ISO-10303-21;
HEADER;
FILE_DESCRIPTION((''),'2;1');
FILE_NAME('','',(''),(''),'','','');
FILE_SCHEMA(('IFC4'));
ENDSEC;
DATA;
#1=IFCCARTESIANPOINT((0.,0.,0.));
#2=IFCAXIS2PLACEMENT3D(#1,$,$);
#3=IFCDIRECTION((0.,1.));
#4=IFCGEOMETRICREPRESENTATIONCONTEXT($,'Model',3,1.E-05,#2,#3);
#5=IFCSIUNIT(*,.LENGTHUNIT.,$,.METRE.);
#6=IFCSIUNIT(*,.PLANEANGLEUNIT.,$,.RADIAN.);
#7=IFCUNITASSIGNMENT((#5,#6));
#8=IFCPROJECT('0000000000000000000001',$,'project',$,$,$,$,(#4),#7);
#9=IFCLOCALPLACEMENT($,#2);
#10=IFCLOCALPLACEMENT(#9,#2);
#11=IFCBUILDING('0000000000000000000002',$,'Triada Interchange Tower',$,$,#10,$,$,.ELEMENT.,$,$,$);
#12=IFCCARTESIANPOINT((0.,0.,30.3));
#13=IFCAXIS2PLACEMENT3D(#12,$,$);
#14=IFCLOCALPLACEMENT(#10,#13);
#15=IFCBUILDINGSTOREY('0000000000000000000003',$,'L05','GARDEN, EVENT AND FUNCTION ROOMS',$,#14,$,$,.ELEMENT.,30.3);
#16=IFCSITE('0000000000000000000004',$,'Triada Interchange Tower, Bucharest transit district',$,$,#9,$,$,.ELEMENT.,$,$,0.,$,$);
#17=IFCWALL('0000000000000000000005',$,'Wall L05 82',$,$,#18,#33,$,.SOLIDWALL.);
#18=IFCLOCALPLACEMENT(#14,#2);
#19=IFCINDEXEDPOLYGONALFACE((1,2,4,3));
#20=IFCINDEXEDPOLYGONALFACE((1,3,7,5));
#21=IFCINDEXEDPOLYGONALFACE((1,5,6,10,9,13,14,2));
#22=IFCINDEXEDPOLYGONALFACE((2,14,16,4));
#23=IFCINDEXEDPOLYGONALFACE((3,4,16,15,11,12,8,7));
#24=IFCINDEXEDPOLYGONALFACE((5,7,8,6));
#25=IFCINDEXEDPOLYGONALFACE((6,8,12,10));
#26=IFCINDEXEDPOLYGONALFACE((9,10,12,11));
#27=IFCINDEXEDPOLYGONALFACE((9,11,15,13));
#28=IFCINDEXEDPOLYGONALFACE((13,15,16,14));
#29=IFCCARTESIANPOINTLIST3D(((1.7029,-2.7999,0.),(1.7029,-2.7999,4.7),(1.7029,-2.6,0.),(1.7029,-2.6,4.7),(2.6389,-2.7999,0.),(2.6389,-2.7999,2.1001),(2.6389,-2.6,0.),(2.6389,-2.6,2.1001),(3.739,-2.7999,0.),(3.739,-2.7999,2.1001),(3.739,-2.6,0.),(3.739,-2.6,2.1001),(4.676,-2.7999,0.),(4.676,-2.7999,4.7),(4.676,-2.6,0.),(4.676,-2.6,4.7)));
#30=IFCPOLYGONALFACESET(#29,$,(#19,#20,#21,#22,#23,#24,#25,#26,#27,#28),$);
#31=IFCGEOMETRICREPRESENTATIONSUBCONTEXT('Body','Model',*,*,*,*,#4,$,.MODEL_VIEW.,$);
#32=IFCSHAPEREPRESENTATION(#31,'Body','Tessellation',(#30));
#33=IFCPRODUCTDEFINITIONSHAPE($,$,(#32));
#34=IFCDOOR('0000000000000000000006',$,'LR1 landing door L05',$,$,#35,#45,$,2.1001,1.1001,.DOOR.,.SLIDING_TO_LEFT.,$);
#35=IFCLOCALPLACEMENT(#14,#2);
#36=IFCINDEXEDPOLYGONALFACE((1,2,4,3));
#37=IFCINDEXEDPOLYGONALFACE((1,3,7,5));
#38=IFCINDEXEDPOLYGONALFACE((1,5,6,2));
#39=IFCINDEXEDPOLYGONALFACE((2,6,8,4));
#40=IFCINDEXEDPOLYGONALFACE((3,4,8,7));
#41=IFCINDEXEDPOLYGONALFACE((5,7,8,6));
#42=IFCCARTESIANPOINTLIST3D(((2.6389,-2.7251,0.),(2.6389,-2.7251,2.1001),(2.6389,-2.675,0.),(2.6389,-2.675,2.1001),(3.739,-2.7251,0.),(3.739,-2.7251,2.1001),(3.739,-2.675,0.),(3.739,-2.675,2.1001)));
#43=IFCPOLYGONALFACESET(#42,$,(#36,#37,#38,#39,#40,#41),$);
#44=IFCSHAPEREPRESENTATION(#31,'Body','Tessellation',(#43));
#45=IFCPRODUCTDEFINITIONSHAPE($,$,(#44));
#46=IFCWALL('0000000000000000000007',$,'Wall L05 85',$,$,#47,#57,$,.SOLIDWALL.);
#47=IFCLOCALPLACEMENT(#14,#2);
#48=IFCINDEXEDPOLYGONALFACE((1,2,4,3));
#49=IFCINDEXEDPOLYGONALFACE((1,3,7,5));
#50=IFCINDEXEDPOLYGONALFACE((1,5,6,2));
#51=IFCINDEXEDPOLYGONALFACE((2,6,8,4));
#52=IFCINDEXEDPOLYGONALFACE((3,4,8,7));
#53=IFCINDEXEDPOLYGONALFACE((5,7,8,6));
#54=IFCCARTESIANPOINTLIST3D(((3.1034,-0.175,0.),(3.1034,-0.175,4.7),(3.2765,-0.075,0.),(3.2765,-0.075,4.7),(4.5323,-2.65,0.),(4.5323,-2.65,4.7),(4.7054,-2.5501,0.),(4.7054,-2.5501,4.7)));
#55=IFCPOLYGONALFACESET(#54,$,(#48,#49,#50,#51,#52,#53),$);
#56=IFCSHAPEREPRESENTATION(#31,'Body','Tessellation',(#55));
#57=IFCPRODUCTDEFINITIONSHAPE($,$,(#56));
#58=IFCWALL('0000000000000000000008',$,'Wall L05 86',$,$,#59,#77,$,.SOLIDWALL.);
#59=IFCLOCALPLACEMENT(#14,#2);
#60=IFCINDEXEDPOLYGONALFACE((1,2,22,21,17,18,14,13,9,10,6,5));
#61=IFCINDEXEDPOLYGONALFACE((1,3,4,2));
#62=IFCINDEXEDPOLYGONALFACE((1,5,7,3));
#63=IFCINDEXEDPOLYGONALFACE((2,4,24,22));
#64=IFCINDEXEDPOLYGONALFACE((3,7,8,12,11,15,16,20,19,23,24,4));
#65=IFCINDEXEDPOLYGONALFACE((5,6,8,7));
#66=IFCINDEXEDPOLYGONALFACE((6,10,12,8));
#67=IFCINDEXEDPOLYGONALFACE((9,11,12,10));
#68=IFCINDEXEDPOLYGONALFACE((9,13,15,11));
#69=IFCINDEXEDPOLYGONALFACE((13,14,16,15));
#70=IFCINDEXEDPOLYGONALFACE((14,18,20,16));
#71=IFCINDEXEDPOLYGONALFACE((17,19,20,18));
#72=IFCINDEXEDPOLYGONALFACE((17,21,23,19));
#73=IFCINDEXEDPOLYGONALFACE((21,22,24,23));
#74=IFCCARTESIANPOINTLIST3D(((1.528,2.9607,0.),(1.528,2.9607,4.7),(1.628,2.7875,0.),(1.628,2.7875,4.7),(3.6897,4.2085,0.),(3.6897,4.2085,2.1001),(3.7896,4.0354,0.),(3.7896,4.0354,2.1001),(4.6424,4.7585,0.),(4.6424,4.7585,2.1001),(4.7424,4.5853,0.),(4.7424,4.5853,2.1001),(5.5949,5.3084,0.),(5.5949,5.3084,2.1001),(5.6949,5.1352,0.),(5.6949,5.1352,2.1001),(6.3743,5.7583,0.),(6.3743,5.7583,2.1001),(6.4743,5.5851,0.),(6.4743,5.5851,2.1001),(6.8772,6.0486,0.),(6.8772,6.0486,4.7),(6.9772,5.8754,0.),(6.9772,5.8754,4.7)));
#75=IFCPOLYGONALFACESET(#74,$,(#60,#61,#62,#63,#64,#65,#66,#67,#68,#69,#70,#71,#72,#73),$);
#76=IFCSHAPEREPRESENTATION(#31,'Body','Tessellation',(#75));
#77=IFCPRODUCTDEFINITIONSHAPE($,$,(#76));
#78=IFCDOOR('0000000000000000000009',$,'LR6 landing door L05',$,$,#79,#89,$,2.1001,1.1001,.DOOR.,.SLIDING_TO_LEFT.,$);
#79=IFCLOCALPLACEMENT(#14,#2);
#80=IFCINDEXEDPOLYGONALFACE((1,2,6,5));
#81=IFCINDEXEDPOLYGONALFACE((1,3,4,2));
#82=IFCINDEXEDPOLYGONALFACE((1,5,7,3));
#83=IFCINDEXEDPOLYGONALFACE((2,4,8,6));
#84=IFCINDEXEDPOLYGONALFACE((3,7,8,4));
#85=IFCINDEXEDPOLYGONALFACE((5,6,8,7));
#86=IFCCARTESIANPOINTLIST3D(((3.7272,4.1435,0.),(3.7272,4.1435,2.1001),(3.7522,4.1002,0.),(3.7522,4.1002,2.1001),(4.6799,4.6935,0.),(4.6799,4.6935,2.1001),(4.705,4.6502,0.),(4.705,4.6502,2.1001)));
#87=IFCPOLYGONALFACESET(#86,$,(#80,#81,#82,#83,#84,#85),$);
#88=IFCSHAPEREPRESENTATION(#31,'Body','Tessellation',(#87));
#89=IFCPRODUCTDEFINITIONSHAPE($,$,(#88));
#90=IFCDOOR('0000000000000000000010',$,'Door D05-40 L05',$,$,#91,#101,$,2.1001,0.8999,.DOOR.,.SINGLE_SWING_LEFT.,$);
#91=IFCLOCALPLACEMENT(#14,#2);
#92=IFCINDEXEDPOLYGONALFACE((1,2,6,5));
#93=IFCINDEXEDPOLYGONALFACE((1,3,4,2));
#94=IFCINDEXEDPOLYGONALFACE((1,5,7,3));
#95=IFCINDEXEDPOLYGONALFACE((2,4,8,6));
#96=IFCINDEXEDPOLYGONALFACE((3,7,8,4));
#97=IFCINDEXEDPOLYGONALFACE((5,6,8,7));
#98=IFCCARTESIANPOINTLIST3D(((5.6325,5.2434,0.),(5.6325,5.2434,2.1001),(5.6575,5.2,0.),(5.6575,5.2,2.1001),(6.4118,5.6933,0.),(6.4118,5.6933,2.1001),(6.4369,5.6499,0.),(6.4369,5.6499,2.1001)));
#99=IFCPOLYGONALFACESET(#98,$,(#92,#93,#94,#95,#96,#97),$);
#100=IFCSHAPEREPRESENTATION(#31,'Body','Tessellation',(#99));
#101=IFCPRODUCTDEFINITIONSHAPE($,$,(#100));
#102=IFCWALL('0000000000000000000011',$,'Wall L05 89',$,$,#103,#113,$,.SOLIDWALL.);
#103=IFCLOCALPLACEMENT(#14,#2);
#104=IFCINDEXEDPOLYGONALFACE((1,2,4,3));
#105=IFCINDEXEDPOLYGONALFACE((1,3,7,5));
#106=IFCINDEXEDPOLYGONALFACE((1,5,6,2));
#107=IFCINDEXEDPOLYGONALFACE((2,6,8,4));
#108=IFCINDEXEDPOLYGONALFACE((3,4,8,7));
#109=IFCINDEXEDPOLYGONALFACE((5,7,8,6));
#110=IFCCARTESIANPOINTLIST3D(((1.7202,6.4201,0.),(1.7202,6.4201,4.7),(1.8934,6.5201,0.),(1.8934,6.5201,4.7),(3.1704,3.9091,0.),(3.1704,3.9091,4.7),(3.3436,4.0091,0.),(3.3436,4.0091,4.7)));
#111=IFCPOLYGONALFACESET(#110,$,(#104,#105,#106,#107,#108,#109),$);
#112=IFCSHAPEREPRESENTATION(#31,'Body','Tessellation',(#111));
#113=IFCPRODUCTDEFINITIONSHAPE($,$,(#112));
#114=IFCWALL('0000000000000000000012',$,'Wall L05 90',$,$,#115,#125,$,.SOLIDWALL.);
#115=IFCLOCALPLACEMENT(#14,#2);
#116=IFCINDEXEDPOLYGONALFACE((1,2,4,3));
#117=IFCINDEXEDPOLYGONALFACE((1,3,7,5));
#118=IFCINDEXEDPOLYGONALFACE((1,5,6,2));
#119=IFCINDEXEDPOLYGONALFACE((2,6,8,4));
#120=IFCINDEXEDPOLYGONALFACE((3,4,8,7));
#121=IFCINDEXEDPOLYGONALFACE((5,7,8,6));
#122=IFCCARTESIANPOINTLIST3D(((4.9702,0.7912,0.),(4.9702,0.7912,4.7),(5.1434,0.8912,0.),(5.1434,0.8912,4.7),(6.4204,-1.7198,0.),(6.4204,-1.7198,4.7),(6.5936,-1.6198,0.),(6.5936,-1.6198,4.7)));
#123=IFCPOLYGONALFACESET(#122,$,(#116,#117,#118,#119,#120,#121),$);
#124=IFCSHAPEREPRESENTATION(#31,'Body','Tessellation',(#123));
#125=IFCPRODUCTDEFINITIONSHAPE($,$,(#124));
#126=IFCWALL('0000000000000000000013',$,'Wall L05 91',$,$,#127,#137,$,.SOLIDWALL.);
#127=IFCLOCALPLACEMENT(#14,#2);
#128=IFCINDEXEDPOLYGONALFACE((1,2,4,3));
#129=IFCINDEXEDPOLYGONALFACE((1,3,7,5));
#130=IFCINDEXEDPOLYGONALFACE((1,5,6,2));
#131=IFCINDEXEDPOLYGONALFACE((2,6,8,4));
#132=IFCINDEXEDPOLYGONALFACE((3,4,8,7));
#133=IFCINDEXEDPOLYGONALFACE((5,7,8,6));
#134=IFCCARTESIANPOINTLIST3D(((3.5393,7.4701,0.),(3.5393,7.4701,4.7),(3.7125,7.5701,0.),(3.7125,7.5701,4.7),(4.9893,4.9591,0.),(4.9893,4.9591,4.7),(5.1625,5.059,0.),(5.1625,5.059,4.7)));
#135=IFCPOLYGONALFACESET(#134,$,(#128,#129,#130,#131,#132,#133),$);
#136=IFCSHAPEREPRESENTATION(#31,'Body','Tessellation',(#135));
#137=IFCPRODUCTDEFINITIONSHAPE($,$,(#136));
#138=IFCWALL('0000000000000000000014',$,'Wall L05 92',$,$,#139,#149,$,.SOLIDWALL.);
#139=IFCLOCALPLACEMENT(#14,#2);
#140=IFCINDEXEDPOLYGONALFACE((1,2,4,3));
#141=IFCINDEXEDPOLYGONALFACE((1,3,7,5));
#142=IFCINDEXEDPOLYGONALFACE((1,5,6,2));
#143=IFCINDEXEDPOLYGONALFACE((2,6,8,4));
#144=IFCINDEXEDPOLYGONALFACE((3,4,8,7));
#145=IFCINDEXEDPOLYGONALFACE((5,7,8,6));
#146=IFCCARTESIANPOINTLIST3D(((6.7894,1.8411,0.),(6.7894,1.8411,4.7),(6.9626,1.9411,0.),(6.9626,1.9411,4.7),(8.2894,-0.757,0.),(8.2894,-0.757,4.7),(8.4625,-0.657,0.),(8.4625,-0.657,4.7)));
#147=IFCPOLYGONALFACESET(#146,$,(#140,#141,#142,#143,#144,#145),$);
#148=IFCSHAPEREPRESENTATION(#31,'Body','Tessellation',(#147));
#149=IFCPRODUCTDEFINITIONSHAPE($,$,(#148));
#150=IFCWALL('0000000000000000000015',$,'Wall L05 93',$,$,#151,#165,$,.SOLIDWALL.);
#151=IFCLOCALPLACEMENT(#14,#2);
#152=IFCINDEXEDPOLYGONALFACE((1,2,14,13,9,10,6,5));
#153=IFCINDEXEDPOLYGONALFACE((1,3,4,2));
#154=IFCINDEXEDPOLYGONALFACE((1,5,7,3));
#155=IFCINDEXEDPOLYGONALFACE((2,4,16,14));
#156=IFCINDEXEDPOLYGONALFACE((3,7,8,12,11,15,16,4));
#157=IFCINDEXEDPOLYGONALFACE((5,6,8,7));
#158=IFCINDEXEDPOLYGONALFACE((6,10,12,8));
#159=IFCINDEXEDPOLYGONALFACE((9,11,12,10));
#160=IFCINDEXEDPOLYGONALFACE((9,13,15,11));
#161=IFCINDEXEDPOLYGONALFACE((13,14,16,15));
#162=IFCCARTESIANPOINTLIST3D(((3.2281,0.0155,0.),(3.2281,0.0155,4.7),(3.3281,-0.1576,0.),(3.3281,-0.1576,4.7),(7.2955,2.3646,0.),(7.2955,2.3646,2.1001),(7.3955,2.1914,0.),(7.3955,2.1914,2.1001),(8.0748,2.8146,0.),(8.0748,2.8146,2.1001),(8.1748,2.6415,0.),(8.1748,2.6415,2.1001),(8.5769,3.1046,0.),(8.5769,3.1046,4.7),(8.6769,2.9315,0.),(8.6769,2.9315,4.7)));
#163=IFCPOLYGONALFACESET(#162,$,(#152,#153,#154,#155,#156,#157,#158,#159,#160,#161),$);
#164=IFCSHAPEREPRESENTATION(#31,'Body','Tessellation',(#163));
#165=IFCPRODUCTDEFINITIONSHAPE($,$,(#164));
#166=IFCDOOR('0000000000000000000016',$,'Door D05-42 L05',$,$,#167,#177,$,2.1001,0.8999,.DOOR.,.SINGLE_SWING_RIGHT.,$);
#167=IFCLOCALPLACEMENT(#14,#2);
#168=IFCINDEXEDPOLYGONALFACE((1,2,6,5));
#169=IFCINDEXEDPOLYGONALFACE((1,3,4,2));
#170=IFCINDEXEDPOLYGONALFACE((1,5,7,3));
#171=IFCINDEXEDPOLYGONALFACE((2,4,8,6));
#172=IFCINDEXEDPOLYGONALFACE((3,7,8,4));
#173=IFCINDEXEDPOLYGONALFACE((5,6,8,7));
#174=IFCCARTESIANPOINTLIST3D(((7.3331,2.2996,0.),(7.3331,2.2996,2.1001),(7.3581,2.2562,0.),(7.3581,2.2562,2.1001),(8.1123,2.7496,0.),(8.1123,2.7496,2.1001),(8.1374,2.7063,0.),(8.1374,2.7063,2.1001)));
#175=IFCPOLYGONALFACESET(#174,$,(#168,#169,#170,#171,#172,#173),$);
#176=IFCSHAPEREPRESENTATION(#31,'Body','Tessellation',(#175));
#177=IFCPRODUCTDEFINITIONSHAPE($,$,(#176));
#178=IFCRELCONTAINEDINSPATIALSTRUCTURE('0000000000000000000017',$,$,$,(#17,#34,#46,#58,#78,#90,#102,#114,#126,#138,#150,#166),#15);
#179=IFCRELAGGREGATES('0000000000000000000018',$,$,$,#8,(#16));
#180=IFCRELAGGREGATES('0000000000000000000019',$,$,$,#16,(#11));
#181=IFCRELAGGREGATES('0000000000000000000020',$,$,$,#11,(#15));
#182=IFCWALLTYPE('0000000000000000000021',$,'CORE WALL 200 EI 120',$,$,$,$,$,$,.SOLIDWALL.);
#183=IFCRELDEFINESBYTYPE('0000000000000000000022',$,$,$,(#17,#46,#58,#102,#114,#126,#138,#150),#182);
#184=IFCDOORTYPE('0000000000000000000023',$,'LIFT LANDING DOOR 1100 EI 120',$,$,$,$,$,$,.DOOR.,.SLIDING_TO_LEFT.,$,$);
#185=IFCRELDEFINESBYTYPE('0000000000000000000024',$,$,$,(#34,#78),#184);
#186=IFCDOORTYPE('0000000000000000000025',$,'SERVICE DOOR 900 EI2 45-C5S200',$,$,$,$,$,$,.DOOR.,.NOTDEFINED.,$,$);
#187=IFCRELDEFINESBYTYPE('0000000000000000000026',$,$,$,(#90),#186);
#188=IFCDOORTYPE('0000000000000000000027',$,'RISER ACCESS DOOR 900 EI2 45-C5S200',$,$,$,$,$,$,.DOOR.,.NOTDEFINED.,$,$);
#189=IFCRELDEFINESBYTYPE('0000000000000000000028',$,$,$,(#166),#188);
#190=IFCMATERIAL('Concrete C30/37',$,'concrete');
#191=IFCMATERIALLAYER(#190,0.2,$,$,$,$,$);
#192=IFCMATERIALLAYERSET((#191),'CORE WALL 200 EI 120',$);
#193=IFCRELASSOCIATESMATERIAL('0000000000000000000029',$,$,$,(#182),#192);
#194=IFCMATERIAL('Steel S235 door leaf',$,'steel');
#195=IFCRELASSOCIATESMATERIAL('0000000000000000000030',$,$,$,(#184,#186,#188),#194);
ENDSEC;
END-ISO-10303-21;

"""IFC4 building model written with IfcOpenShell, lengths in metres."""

from ifc_helpers import new_model, si_unit, direction, frame, frame_2d, origin, place, context, subcontext, project, spatial, rectangle, extrude, material, layer, layer_set, type_object, element, fill, save


model = new_model("IFC4")

# Units and contexts
model_context = context("Model", 3, precision=1e-05, world=origin(), true_north=direction((0.0, 1.0)))
body_context = subcontext(model_context, "Body", "Model", "MODEL_VIEW")
ifc_project = project(units=[si_unit("LENGTHUNIT", "METRE"), si_unit("PLANEANGLEUNIT", "RADIAN")], contexts=[model_context])

# Site, building, storey
site_placement = place(None, origin())
site = spatial("IfcSite", under=ifc_project, at=site_placement, Name="Triada Interchange Tower, Bucharest transit district", CompositionType="ELEMENT", RefElevation=0.0)
building_placement = place(site_placement, origin())
building = spatial("IfcBuilding", under=site, at=building_placement, Name="Triada Interchange Tower", CompositionType="ELEMENT")
storey_placement = place(building_placement, frame((0.0, 0.0, 30.3)))
storey = spatial("IfcBuildingStorey", under=building, at=storey_placement, Name="L05", Description="GARDEN, EVENT AND FUNCTION ROOMS", CompositionType="ELEMENT", Elevation=30.3)

# Wall, opening, door
ifc_material_1 = material(Name="Concrete C30/37", Category="concrete")
ifc_layer_1 = layer(ifc_material_1, 0.2)
ifc_layer_set_1 = layer_set([ifc_layer_1], Name="CORE WALL 200 EI 120")
wall_type_1 = type_object("IfcWallType", Name="CORE WALL 200 EI 120", PredefinedType="SOLIDWALL", material=ifc_layer_set_1)
wall_1_placement = place(storey_placement, frame((1.7029, -2.7, 0.0), z_axis=(0.0, 0.0, 1.0), x_axis=(1.0, 0.0, 0.0)))
wall_1 = element("IfcWall", 1, at=wall_1_placement, inside=storey, type_object=wall_type_1, Name="Wall L05 82", PredefinedType="SOLIDWALL", context=body_context, shape_type="SweptSolid", body=[
    extrude(rectangle(XDim=2.9731, YDim=0.2, at=frame_2d((1.4866, 0.0))), origin(), (0.0, 0.0, 1.0), 4.7),
])
opening_1_placement = place(wall_1_placement, frame((0.936, 0.0, 0.0)))
opening_1 = element("IfcOpeningElement", 2, at=opening_1_placement, cuts=wall_1, PredefinedType="OPENING", context=body_context, shape_type="SweptSolid", body=[
    extrude(rectangle(XDim=1.1001, YDim=2.1001, at=frame_2d((0.55, 1.05))), frame((0.0, 0.1099, 0.0), z_axis=(0.0, -1.0, 0.0), x_axis=(1.0, 0.0, 0.0)), (0.0, 0.0, 1.0), 0.22),
])
ifc_material_2 = material(Name="Steel S235 door leaf", Category="steel")
door_type_1 = type_object("IfcDoorType", Name="LIFT LANDING DOOR 1100 EI 120", OperationType="SLIDING_TO_LEFT", PredefinedType="DOOR", material=ifc_material_2)
door_1_placement = place(opening_1_placement, origin())
door_1 = element("IfcDoor", 3, at=door_1_placement, inside=storey, type_object=door_type_1, Name="LR1 landing door L05", OperationType="SLIDING_TO_LEFT", OverallHeight=2.1001, OverallWidth=1.1001, PredefinedType="DOOR", context=body_context, shape_type="SweptSolid", body=[
    extrude(rectangle(XDim=1.1001, YDim=2.1001, at=frame_2d((0.55, 1.05))), frame((0.0, 0.0249, 0.0), z_axis=(0.0, -1.0, 0.0), x_axis=(1.0, 0.0, 0.0)), (0.0, 0.0, 1.0), 0.05),
])
fill(opening_1, door_1)

# Wall
wall_2_placement = place(storey_placement, frame((3.1899, -0.125, 0.0), z_axis=(0.0, 0.0, 1.0), x_axis=(0.499989, -0.866032, 0.0)))
element("IfcWall", 4, at=wall_2_placement, inside=storey, type_object=wall_type_1, Name="Wall L05 85", PredefinedType="SOLIDWALL", context=body_context, shape_type="SweptSolid", body=[
    extrude(rectangle(XDim=2.8579, YDim=0.2, at=frame_2d((1.429, 0.0))), origin(), (0.0, 0.0, 1.0), 4.7),
])

# Wall, openings, doors
wall_3_placement = place(storey_placement, frame((1.5779, 2.874, 0.0), z_axis=(0.0, 0.0, 1.0), x_axis=(0.866055, 0.499948, 0.0)))
wall_3 = element("IfcWall", 5, at=wall_3_placement, inside=storey, type_object=wall_type_1, Name="Wall L05 86", PredefinedType="SOLIDWALL", context=body_context, shape_type="SweptSolid", body=[
    extrude(rectangle(XDim=6.1765, YDim=0.2, at=frame_2d((3.0884, 0.0))), origin(), (0.0, 0.0, 1.0), 4.7),
])
opening_2_placement = place(wall_3_placement, frame((2.4961, 0.0, 0.0)))
opening_2 = element("IfcOpeningElement", 6, at=opening_2_placement, cuts=wall_3, PredefinedType="OPENING", context=body_context, shape_type="SweptSolid", body=[
    extrude(rectangle(XDim=1.1001, YDim=2.1001, at=frame_2d((0.55, 1.05))), frame((0.0, 0.1099, 0.0), z_axis=(0.0, -1.0, 0.0), x_axis=(1.0, 0.0, 0.0)), (0.0, 0.0, 1.0), 0.22),
])
opening_3_placement = place(wall_3_placement, frame((4.696, 0.0, 0.0)))
opening_3 = element("IfcOpeningElement", 7, at=opening_3_placement, cuts=wall_3, PredefinedType="OPENING", context=body_context, shape_type="SweptSolid", body=[
    extrude(rectangle(XDim=0.8999, YDim=2.1001, at=frame_2d((0.45, 1.05))), frame((0.0, 0.1099, 0.0), z_axis=(0.0, -1.0, 0.0), x_axis=(1.0, 0.0, 0.0)), (0.0, 0.0, 1.0), 0.22),
])
door_2_placement = place(opening_2_placement, origin())
door_2 = element("IfcDoor", 8, at=door_2_placement, inside=storey, type_object=door_type_1, Name="LR6 landing door L05", OperationType="SLIDING_TO_LEFT", OverallHeight=2.1001, OverallWidth=1.1001, PredefinedType="DOOR", context=body_context, shape_type="SweptSolid", body=[
    extrude(rectangle(XDim=1.1001, YDim=2.1001, at=frame_2d((0.55, 1.05))), frame((0.0, 0.0249, 0.0), z_axis=(0.0, -1.0, 0.0), x_axis=(1.0, 0.0, 0.0)), (0.0, 0.0, 1.0), 0.05),
])
fill(opening_2, door_2)
door_type_2 = type_object("IfcDoorType", Name="SERVICE DOOR 900 EI2 45-C5S200", OperationType="NOTDEFINED", PredefinedType="DOOR", material=ifc_material_2)
door_3_placement = place(opening_3_placement, origin())
door_3 = element("IfcDoor", 9, at=door_3_placement, inside=storey, type_object=door_type_2, Name="Door D05-40 L05", OperationType="SINGLE_SWING_LEFT", OverallHeight=2.1001, OverallWidth=0.8999, PredefinedType="DOOR", context=body_context, shape_type="SweptSolid", body=[
    extrude(rectangle(XDim=0.8999, YDim=2.1001, at=frame_2d((0.45, 1.05))), frame((0.0, 0.0249, 0.0), z_axis=(0.0, -1.0, 0.0), x_axis=(1.0, 0.0, 0.0)), (0.0, 0.0, 1.0), 0.05),
])
fill(opening_3, door_3)

# Walls
for number, where, z_axis, x_axis, name in (
    (10, (1.8069, 6.47, 0.0), (0.0, 0.0, 1.0), (0.500123, -0.865954, 0.0), "Wall L05 89"),
    (11, (5.0569, 0.8411, 0.0), (0.0, 0.0, 1.0), (0.500123, -0.865954, 0.0), "Wall L05 90"),
    (12, (3.626, 7.52, 0.0), (0.0, 0.0, 1.0), (0.50006, -0.865991, 0.0), "Wall L05 91"),
):
    element("IfcWall", number, at=place(storey_placement, frame(where, z_axis=z_axis, x_axis=x_axis)), inside=storey, type_object=wall_type_1, Name=name, PredefinedType="SOLIDWALL", context=body_context, shape_type="SweptSolid", body=[
        extrude(rectangle(XDim=2.8997, YDim=0.2, at=frame_2d((1.4497, 0.0))), origin(), (0.0, 0.0, 1.0), 4.7),
    ])
wall_4_placement = place(storey_placement, frame((6.876, 1.8911, 0.0), z_axis=(0.0, 0.0, 1.0), x_axis=(0.49999, -0.866031, 0.0)))
element("IfcWall", 13, at=wall_4_placement, inside=storey, type_object=wall_type_1, Name="Wall L05 92", PredefinedType="SOLIDWALL", context=body_context, shape_type="SweptSolid", body=[
    extrude(rectangle(XDim=3.0, YDim=0.2, at=frame_2d((1.5, 0.0))), origin(), (0.0, 0.0, 1.0), 4.7),
])

# Wall, opening, door
wall_5_placement = place(storey_placement, frame((3.2781, -0.071, 0.0), z_axis=(0.0, 0.0, 1.0), x_axis=(0.86596, 0.500114, 0.0)))
wall_5 = element("IfcWall", 14, at=wall_5_placement, inside=storey, type_object=wall_type_1, Name="Wall L05 93", PredefinedType="SOLIDWALL", context=body_context, shape_type="SweptSolid", body=[
    extrude(rectangle(XDim=6.1768, YDim=0.2, at=frame_2d((3.0884, 0.0))), origin(), (0.0, 0.0, 1.0), 4.7),
])
opening_4_placement = place(wall_5_placement, frame((4.697, 0.0, 0.0)))
opening_4 = element("IfcOpeningElement", 15, at=opening_4_placement, cuts=wall_5, PredefinedType="OPENING", context=body_context, shape_type="SweptSolid", body=[
    extrude(rectangle(XDim=0.8999, YDim=2.1001, at=frame_2d((0.45, 1.05))), frame((0.0, 0.1099, 0.0), z_axis=(0.0, -1.0, 0.0), x_axis=(1.0, 0.0, 0.0)), (0.0, 0.0, 1.0), 0.22),
])
door_type_3 = type_object("IfcDoorType", Name="RISER ACCESS DOOR 900 EI2 45-C5S200", OperationType="NOTDEFINED", PredefinedType="DOOR", material=ifc_material_2)
door_4_placement = place(opening_4_placement, origin())
door_4 = element("IfcDoor", 16, at=door_4_placement, inside=storey, type_object=door_type_3, Name="Door D05-42 L05", OperationType="SINGLE_SWING_RIGHT", OverallHeight=2.1001, OverallWidth=0.8999, PredefinedType="DOOR", context=body_context, shape_type="SweptSolid", body=[
    extrude(rectangle(XDim=0.8999, YDim=2.1001, at=frame_2d((0.45, 1.05))), frame((0.0, 0.0249, 0.0), z_axis=(0.0, -1.0, 0.0), x_axis=(1.0, 0.0, 0.0)), (0.0, 0.0, 1.0), 0.05),
])
fill(opening_4, door_4)

save(model, "model.ifc")
